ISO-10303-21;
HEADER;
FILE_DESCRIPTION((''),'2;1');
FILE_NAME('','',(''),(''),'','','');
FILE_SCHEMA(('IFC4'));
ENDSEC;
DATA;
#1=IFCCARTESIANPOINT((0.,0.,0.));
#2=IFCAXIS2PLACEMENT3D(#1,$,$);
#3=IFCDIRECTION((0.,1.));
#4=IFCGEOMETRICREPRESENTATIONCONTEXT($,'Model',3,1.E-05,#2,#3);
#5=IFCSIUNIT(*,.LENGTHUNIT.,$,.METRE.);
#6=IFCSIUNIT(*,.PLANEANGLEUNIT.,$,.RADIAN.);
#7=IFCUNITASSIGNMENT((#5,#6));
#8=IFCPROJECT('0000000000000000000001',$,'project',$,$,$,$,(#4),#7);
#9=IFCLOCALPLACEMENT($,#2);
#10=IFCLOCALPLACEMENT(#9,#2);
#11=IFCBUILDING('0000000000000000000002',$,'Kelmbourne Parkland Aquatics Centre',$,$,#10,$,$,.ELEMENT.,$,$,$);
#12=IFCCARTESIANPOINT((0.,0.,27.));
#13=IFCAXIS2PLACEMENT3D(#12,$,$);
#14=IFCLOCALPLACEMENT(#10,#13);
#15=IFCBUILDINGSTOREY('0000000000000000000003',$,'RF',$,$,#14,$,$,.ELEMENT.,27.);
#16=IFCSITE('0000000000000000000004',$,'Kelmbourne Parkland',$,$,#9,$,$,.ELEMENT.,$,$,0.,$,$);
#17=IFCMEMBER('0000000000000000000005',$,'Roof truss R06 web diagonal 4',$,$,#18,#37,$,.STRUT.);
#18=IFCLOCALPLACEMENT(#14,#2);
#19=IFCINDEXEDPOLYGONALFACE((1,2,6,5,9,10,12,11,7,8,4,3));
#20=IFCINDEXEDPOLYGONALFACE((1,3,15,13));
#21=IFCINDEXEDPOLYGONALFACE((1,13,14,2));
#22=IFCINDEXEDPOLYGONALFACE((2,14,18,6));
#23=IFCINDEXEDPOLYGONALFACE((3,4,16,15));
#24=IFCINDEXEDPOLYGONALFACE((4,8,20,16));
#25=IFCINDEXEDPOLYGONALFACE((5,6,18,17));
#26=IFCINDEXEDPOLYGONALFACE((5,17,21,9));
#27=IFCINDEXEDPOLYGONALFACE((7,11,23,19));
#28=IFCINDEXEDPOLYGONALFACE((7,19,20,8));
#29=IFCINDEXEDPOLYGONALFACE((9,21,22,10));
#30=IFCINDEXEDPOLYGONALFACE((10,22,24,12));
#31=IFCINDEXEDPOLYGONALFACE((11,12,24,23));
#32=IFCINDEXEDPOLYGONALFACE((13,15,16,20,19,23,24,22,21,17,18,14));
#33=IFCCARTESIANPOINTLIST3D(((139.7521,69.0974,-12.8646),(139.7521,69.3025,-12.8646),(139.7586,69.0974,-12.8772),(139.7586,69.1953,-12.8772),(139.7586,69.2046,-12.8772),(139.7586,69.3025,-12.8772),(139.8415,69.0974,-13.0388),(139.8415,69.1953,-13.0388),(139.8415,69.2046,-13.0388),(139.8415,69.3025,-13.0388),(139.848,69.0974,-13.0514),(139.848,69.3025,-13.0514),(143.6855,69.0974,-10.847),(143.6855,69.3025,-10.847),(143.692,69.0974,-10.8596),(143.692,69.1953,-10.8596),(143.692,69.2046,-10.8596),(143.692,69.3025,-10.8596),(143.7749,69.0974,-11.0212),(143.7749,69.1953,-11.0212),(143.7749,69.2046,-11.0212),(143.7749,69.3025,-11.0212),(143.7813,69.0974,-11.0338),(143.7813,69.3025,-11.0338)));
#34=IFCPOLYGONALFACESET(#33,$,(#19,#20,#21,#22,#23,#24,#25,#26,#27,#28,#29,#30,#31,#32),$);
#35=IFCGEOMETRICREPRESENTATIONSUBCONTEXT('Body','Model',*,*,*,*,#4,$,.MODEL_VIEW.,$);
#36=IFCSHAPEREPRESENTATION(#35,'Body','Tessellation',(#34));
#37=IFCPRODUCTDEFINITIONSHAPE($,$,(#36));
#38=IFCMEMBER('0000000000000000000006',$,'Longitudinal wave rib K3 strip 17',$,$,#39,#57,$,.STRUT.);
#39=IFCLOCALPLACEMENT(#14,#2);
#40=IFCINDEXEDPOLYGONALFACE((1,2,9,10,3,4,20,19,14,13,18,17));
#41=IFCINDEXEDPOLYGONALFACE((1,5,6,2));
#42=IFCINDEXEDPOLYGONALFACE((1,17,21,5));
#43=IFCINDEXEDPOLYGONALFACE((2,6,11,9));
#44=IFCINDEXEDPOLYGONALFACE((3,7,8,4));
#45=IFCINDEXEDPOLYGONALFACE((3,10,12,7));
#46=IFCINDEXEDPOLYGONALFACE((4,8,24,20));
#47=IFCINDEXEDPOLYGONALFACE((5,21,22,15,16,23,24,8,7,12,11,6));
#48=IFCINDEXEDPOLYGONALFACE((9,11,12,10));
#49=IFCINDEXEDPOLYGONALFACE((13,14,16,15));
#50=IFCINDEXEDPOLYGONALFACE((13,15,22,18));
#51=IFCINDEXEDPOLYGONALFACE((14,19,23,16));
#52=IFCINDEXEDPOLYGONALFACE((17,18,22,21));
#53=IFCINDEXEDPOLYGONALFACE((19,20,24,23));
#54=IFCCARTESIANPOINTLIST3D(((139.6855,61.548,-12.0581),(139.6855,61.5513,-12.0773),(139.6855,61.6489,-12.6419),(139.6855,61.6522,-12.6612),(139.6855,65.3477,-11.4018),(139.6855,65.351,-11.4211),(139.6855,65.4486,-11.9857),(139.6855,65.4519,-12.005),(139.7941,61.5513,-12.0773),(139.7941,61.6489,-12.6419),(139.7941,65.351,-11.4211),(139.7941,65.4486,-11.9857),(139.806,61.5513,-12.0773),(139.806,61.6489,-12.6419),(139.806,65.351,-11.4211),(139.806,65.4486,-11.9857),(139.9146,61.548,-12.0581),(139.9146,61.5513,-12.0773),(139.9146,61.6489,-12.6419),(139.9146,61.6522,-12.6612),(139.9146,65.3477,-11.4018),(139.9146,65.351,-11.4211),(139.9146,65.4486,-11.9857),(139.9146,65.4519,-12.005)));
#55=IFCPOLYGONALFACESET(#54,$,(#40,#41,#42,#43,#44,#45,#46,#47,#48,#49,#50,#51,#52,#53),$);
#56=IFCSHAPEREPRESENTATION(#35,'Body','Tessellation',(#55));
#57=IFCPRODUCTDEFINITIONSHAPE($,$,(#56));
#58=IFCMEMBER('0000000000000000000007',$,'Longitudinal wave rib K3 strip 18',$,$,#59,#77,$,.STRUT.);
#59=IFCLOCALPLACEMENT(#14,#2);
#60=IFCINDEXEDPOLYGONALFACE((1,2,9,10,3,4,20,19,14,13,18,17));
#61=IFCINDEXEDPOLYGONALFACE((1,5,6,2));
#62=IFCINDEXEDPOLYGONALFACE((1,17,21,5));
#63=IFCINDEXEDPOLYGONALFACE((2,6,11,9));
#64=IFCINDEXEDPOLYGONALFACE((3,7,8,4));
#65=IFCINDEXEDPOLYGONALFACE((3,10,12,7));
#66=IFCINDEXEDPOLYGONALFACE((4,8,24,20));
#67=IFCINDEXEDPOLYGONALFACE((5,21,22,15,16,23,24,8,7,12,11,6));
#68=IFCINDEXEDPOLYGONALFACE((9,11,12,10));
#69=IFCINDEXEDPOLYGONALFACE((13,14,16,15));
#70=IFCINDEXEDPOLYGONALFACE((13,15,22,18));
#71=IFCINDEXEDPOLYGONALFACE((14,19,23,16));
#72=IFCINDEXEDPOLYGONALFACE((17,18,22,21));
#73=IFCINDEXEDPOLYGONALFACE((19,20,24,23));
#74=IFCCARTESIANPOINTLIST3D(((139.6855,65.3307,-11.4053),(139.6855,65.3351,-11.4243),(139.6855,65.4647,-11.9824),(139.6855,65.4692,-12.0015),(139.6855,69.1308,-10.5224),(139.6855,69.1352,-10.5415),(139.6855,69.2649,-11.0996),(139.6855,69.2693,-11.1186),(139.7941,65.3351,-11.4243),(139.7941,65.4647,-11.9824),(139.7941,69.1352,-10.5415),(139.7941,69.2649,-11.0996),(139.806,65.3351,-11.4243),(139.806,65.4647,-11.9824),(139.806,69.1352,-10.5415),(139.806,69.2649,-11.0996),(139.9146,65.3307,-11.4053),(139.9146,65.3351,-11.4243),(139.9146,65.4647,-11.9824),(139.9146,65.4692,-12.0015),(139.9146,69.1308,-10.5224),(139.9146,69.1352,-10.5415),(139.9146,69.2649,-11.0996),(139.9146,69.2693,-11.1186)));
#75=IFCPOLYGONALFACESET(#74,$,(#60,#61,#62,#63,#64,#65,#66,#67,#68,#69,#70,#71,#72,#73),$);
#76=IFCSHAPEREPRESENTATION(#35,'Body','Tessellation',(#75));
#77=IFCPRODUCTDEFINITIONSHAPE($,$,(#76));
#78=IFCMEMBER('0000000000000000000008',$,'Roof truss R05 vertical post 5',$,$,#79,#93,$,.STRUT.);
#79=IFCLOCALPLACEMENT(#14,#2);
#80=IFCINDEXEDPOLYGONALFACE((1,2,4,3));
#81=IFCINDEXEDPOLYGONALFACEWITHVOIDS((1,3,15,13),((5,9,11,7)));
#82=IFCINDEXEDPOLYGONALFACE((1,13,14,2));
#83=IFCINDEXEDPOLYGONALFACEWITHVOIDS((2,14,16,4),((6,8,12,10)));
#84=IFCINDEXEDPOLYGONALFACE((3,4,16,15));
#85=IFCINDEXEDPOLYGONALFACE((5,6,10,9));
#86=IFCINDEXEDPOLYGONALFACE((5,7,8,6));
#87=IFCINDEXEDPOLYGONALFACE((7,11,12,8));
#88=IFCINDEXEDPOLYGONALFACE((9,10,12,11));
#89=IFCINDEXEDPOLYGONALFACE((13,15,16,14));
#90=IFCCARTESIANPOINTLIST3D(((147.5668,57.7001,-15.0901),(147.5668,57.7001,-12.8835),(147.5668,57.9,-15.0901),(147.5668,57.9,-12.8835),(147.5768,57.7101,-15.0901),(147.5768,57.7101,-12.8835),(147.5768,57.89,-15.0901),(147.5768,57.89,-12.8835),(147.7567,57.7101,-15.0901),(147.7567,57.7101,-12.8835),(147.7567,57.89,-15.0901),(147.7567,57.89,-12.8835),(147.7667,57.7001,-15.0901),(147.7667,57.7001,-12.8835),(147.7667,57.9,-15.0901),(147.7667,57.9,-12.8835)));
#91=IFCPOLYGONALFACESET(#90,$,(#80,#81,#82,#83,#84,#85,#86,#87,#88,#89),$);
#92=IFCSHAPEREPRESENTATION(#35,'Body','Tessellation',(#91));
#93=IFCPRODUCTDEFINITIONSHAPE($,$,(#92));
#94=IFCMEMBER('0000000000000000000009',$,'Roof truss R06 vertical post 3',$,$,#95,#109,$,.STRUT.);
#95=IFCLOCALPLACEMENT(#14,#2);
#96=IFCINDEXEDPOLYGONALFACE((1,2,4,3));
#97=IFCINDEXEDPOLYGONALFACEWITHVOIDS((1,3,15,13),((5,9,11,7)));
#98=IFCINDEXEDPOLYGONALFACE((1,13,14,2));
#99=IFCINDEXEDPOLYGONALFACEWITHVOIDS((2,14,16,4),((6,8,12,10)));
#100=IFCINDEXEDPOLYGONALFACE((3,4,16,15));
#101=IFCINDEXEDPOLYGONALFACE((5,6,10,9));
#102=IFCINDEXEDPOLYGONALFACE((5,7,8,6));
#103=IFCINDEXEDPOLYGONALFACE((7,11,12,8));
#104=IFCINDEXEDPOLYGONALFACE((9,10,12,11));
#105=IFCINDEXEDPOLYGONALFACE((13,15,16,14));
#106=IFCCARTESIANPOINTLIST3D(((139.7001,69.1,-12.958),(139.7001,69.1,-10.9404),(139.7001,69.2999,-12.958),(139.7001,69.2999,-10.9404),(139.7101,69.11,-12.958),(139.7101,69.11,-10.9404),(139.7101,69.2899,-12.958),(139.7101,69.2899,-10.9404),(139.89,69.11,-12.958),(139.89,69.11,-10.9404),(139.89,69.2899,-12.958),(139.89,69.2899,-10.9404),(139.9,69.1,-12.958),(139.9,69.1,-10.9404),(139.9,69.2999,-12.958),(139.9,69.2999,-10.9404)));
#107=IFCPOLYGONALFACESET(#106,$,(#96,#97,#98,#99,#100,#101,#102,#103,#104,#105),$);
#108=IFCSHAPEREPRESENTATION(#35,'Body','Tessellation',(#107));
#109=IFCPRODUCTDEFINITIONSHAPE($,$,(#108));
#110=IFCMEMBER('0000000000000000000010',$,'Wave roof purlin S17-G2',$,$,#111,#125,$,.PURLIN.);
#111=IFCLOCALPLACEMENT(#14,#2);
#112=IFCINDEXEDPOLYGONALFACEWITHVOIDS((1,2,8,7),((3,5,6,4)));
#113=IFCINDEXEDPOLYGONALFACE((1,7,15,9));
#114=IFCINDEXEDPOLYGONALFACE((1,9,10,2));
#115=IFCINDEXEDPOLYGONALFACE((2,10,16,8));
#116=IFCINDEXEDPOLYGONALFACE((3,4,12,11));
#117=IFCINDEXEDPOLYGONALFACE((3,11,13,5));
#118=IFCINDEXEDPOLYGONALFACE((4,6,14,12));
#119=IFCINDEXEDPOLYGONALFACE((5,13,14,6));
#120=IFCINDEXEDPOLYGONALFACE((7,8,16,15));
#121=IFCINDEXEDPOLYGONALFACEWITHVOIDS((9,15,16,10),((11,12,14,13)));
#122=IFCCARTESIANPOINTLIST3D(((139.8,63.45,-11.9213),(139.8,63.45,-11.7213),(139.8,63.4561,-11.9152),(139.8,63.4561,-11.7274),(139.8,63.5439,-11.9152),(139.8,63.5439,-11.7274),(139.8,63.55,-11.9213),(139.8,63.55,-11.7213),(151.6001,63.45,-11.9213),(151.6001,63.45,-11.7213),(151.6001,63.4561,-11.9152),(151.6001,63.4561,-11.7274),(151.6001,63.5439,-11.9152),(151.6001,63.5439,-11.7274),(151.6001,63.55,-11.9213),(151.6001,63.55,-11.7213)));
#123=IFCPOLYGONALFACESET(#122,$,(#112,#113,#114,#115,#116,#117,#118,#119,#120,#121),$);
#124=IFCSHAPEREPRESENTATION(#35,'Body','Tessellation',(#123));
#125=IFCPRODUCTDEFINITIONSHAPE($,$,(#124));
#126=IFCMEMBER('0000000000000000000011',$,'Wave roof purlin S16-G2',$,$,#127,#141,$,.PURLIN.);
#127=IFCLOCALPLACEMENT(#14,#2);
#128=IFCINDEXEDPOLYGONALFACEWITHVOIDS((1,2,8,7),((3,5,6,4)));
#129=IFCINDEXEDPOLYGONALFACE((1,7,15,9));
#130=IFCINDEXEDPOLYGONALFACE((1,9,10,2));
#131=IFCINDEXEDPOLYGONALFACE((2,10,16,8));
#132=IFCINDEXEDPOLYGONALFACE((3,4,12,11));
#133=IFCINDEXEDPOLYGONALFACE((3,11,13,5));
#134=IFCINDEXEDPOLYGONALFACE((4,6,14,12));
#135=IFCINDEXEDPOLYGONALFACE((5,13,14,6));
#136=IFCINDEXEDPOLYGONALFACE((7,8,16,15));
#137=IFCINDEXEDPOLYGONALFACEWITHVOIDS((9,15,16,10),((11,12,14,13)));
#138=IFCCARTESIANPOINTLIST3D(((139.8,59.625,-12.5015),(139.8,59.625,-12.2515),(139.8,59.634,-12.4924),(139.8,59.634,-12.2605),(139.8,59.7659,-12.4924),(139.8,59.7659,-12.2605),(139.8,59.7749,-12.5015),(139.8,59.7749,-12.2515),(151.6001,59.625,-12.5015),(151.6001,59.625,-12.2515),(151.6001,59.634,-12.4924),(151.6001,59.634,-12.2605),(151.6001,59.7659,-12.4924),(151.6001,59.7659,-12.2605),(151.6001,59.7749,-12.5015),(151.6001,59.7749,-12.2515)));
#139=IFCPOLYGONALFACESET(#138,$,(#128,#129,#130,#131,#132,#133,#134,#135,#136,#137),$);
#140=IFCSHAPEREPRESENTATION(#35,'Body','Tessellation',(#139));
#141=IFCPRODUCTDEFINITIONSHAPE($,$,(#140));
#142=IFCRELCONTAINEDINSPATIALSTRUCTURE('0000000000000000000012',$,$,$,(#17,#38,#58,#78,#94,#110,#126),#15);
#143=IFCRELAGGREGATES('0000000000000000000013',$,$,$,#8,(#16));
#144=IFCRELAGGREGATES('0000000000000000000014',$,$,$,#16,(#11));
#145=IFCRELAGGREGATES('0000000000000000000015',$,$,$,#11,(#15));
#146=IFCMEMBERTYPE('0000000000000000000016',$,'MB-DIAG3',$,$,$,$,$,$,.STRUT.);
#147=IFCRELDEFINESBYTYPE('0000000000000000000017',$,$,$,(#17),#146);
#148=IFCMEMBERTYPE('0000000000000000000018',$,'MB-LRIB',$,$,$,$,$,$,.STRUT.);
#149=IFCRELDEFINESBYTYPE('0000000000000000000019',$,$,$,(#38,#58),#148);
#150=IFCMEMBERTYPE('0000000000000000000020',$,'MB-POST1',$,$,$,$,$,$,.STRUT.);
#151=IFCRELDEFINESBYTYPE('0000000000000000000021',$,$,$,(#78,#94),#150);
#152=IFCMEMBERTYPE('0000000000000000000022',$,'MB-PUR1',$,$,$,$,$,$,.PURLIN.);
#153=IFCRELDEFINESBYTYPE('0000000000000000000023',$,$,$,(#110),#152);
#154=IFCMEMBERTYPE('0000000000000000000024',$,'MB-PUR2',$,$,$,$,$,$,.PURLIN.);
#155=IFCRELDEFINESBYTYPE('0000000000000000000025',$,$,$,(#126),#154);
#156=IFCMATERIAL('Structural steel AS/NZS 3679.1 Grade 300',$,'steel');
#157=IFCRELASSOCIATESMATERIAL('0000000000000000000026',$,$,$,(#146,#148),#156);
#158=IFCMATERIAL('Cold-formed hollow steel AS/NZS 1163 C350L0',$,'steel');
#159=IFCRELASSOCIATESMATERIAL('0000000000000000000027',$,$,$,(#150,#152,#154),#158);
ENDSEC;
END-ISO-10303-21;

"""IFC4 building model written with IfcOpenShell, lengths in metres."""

from ifc_helpers import new_model, si_unit, direction, frame, origin, origin_2d, place, context, subcontext, project, spatial, hollow_rectangle, i_section, extrude, material, material_profile, profile_set, type_object, element, save


model = new_model("IFC4")

# Units and contexts
model_context = context("Model", 3, precision=1e-05, world=origin(), true_north=direction((0.0, 1.0)))
body_context = subcontext(model_context, "Body", "Model", "MODEL_VIEW")
ifc_project = project(units=[si_unit("LENGTHUNIT", "METRE"), si_unit("PLANEANGLEUNIT", "RADIAN")], contexts=[model_context])

# Site, building, storey
site_placement = place(None, origin())
site = spatial("IfcSite", under=ifc_project, at=site_placement, Name="Kelmbourne Parkland", CompositionType="ELEMENT", RefElevation=0.0)
building_placement = place(site_placement, origin())
building = spatial("IfcBuilding", under=site, at=building_placement, Name="Kelmbourne Parkland Aquatics Centre", CompositionType="ELEMENT")
storey_placement = place(building_placement, frame((0.0, 0.0, 27.0)))
storey = spatial("IfcBuildingStorey", under=building, at=storey_placement, Name="RF", CompositionType="ELEMENT", Elevation=27.0)

# Members
ifc_material_1 = material(Name="Structural steel AS/NZS 3679.1 Grade 300", Category="steel")
ifc_material_profile_1 = material_profile(ifc_material_1, i_section(OverallWidth=0.2051, OverallDepth=0.21, WebThickness=0.0093, FlangeThickness=0.0142, at=origin_2d()), Name="200UC59.5")
ifc_profile_set_1 = profile_set([ifc_material_profile_1], Name="Structural steel AS/NZS 3679.1 Grade 300")
member_type_1 = type_object("IfcMemberType", Name="MB-DIAG3", PredefinedType="STRUT", material=ifc_profile_set_1)
member_1_placement = place(storey_placement, frame((139.8, 69.2, -12.958), z_axis=(0.889774, 0.0, 0.456402), x_axis=(0.0, 1.0, 0.0)))
element("IfcMember", 1, at=member_1_placement, inside=storey, type_object=member_type_1, Name="Roof truss R06 web diagonal 4", PredefinedType="STRUT", context=body_context, shape_type="SweptSolid", body=[
    extrude(i_section(OverallWidth=0.2051, OverallDepth=0.21, WebThickness=0.0093, FlangeThickness=0.0142, at=origin_2d()), origin(), (0.0, 0.0, 1.0), 4.4207),
])
ifc_material_profile_2 = material_profile(ifc_material_1, i_section(OverallWidth=0.229, OverallDepth=0.6121, WebThickness=0.012, FlangeThickness=0.0195, at=origin_2d()), Name="610UB125")
ifc_profile_set_2 = profile_set([ifc_material_profile_2], Name="Structural steel AS/NZS 3679.1 Grade 300")
member_type_2 = type_object("IfcMemberType", Name="MB-LRIB", PredefinedType="STRUT", material=ifc_profile_set_2)
member_2_placement = place(storey_placement, frame((139.8, 61.6001, -12.3596), z_axis=(0.0, 0.985412, 0.170187), x_axis=(-1.0, 0.0, 0.0)))
element("IfcMember", 2, at=member_2_placement, inside=storey, type_object=member_type_2, Name="Longitudinal wave rib K3 strip 17", PredefinedType="STRUT", context=body_context, shape_type="SweptSolid", body=[
    extrude(i_section(OverallWidth=0.229, OverallDepth=0.6121, WebThickness=0.012, FlangeThickness=0.0195, at=origin_2d()), origin(), (0.0, 0.0, 1.0), 3.856),
])
member_3_placement = place(storey_placement, frame((139.8, 65.3999, -11.7034), z_axis=(0.0, 0.97406, 0.22629), x_axis=(-1.0, 0.0, 0.0)))
element("IfcMember", 3, at=member_3_placement, inside=storey, type_object=member_type_2, Name="Longitudinal wave rib K3 strip 18", PredefinedType="STRUT", context=body_context, shape_type="SweptSolid", body=[
    extrude(i_section(OverallWidth=0.229, OverallDepth=0.6121, WebThickness=0.012, FlangeThickness=0.0195, at=origin_2d()), origin(), (0.0, 0.0, 1.0), 3.9014),
])
ifc_material_2 = material(Name="Cold-formed hollow steel AS/NZS 1163 C350L0", Category="steel")
ifc_material_profile_3 = material_profile(ifc_material_2, hollow_rectangle(XDim=0.2, YDim=0.2, WallThickness=0.01, at=origin_2d()), Name="SHS 200x200x10.0")
ifc_profile_set_3 = profile_set([ifc_material_profile_3], Name="Cold-formed hollow steel AS/NZS 1163 C350L0")
member_type_3 = type_object("IfcMemberType", Name="MB-POST1", PredefinedType="STRUT", material=ifc_profile_set_3)
member_4_placement = place(storey_placement, frame((147.6667, 57.8, -15.0901), z_axis=(0.0, 0.0, 1.0), x_axis=(1.0, 0.0, 0.0)))
element("IfcMember", 4, at=member_4_placement, inside=storey, type_object=member_type_3, Name="Roof truss R05 vertical post 5", PredefinedType="STRUT", context=body_context, shape_type="SweptSolid", body=[
    extrude(hollow_rectangle(XDim=0.2, YDim=0.2, WallThickness=0.01, at=origin_2d()), origin(), (0.0, 0.0, 1.0), 2.2065),
])
member_5_placement = place(storey_placement, frame((139.8, 69.2, -12.958), z_axis=(0.0, 0.0, 1.0), x_axis=(1.0, 0.0, 0.0)))
element("IfcMember", 5, at=member_5_placement, inside=storey, type_object=member_type_3, Name="Roof truss R06 vertical post 3", PredefinedType="STRUT", context=body_context, shape_type="SweptSolid", body=[
    extrude(hollow_rectangle(XDim=0.2, YDim=0.2, WallThickness=0.01, at=origin_2d()), origin(), (0.0, 0.0, 1.0), 2.0176),
])
ifc_material_profile_4 = material_profile(ifc_material_2, hollow_rectangle(XDim=0.1001, YDim=0.2, WallThickness=0.0061, at=origin_2d()), Name="RHS 200x100x6.0")
ifc_profile_set_4 = profile_set([ifc_material_profile_4], Name="Cold-formed hollow steel AS/NZS 1163 C350L0")
member_type_4 = type_object("IfcMemberType", Name="MB-PUR1", PredefinedType="PURLIN", material=ifc_profile_set_4)
member_6_placement = place(storey_placement, frame((139.8, 63.5, -11.8213), z_axis=(1.0, 0.0, 0.0), x_axis=(0.0, 1.0, 0.0)))
element("IfcMember", 6, at=member_6_placement, inside=storey, type_object=member_type_4, Name="Wave roof purlin S17-G2", PredefinedType="PURLIN", context=body_context, shape_type="SweptSolid", body=[
    extrude(hollow_rectangle(XDim=0.1001, YDim=0.2, WallThickness=0.0061, at=origin_2d()), origin(), (0.0, 0.0, 1.0), 11.8),
])
ifc_material_profile_5 = material_profile(ifc_material_2, hollow_rectangle(XDim=0.1499, YDim=0.25, WallThickness=0.009, at=origin_2d()), Name="RHS 250x150x9.0")
ifc_profile_set_5 = profile_set([ifc_material_profile_5], Name="Cold-formed hollow steel AS/NZS 1163 C350L0")
member_type_5 = type_object("IfcMemberType", Name="MB-PUR2", PredefinedType="PURLIN", material=ifc_profile_set_5)
member_7_placement = place(storey_placement, frame((139.8, 59.7, -12.3765), z_axis=(1.0, 0.0, 0.0), x_axis=(0.0, 1.0, 0.0)))
element("IfcMember", 7, at=member_7_placement, inside=storey, type_object=member_type_5, Name="Wave roof purlin S16-G2", PredefinedType="PURLIN", context=body_context, shape_type="SweptSolid", body=[
    extrude(hollow_rectangle(XDim=0.1499, YDim=0.25, WallThickness=0.009, at=origin_2d()), origin(), (0.0, 0.0, 1.0), 11.8),
])

save(model, "model.ifc")
